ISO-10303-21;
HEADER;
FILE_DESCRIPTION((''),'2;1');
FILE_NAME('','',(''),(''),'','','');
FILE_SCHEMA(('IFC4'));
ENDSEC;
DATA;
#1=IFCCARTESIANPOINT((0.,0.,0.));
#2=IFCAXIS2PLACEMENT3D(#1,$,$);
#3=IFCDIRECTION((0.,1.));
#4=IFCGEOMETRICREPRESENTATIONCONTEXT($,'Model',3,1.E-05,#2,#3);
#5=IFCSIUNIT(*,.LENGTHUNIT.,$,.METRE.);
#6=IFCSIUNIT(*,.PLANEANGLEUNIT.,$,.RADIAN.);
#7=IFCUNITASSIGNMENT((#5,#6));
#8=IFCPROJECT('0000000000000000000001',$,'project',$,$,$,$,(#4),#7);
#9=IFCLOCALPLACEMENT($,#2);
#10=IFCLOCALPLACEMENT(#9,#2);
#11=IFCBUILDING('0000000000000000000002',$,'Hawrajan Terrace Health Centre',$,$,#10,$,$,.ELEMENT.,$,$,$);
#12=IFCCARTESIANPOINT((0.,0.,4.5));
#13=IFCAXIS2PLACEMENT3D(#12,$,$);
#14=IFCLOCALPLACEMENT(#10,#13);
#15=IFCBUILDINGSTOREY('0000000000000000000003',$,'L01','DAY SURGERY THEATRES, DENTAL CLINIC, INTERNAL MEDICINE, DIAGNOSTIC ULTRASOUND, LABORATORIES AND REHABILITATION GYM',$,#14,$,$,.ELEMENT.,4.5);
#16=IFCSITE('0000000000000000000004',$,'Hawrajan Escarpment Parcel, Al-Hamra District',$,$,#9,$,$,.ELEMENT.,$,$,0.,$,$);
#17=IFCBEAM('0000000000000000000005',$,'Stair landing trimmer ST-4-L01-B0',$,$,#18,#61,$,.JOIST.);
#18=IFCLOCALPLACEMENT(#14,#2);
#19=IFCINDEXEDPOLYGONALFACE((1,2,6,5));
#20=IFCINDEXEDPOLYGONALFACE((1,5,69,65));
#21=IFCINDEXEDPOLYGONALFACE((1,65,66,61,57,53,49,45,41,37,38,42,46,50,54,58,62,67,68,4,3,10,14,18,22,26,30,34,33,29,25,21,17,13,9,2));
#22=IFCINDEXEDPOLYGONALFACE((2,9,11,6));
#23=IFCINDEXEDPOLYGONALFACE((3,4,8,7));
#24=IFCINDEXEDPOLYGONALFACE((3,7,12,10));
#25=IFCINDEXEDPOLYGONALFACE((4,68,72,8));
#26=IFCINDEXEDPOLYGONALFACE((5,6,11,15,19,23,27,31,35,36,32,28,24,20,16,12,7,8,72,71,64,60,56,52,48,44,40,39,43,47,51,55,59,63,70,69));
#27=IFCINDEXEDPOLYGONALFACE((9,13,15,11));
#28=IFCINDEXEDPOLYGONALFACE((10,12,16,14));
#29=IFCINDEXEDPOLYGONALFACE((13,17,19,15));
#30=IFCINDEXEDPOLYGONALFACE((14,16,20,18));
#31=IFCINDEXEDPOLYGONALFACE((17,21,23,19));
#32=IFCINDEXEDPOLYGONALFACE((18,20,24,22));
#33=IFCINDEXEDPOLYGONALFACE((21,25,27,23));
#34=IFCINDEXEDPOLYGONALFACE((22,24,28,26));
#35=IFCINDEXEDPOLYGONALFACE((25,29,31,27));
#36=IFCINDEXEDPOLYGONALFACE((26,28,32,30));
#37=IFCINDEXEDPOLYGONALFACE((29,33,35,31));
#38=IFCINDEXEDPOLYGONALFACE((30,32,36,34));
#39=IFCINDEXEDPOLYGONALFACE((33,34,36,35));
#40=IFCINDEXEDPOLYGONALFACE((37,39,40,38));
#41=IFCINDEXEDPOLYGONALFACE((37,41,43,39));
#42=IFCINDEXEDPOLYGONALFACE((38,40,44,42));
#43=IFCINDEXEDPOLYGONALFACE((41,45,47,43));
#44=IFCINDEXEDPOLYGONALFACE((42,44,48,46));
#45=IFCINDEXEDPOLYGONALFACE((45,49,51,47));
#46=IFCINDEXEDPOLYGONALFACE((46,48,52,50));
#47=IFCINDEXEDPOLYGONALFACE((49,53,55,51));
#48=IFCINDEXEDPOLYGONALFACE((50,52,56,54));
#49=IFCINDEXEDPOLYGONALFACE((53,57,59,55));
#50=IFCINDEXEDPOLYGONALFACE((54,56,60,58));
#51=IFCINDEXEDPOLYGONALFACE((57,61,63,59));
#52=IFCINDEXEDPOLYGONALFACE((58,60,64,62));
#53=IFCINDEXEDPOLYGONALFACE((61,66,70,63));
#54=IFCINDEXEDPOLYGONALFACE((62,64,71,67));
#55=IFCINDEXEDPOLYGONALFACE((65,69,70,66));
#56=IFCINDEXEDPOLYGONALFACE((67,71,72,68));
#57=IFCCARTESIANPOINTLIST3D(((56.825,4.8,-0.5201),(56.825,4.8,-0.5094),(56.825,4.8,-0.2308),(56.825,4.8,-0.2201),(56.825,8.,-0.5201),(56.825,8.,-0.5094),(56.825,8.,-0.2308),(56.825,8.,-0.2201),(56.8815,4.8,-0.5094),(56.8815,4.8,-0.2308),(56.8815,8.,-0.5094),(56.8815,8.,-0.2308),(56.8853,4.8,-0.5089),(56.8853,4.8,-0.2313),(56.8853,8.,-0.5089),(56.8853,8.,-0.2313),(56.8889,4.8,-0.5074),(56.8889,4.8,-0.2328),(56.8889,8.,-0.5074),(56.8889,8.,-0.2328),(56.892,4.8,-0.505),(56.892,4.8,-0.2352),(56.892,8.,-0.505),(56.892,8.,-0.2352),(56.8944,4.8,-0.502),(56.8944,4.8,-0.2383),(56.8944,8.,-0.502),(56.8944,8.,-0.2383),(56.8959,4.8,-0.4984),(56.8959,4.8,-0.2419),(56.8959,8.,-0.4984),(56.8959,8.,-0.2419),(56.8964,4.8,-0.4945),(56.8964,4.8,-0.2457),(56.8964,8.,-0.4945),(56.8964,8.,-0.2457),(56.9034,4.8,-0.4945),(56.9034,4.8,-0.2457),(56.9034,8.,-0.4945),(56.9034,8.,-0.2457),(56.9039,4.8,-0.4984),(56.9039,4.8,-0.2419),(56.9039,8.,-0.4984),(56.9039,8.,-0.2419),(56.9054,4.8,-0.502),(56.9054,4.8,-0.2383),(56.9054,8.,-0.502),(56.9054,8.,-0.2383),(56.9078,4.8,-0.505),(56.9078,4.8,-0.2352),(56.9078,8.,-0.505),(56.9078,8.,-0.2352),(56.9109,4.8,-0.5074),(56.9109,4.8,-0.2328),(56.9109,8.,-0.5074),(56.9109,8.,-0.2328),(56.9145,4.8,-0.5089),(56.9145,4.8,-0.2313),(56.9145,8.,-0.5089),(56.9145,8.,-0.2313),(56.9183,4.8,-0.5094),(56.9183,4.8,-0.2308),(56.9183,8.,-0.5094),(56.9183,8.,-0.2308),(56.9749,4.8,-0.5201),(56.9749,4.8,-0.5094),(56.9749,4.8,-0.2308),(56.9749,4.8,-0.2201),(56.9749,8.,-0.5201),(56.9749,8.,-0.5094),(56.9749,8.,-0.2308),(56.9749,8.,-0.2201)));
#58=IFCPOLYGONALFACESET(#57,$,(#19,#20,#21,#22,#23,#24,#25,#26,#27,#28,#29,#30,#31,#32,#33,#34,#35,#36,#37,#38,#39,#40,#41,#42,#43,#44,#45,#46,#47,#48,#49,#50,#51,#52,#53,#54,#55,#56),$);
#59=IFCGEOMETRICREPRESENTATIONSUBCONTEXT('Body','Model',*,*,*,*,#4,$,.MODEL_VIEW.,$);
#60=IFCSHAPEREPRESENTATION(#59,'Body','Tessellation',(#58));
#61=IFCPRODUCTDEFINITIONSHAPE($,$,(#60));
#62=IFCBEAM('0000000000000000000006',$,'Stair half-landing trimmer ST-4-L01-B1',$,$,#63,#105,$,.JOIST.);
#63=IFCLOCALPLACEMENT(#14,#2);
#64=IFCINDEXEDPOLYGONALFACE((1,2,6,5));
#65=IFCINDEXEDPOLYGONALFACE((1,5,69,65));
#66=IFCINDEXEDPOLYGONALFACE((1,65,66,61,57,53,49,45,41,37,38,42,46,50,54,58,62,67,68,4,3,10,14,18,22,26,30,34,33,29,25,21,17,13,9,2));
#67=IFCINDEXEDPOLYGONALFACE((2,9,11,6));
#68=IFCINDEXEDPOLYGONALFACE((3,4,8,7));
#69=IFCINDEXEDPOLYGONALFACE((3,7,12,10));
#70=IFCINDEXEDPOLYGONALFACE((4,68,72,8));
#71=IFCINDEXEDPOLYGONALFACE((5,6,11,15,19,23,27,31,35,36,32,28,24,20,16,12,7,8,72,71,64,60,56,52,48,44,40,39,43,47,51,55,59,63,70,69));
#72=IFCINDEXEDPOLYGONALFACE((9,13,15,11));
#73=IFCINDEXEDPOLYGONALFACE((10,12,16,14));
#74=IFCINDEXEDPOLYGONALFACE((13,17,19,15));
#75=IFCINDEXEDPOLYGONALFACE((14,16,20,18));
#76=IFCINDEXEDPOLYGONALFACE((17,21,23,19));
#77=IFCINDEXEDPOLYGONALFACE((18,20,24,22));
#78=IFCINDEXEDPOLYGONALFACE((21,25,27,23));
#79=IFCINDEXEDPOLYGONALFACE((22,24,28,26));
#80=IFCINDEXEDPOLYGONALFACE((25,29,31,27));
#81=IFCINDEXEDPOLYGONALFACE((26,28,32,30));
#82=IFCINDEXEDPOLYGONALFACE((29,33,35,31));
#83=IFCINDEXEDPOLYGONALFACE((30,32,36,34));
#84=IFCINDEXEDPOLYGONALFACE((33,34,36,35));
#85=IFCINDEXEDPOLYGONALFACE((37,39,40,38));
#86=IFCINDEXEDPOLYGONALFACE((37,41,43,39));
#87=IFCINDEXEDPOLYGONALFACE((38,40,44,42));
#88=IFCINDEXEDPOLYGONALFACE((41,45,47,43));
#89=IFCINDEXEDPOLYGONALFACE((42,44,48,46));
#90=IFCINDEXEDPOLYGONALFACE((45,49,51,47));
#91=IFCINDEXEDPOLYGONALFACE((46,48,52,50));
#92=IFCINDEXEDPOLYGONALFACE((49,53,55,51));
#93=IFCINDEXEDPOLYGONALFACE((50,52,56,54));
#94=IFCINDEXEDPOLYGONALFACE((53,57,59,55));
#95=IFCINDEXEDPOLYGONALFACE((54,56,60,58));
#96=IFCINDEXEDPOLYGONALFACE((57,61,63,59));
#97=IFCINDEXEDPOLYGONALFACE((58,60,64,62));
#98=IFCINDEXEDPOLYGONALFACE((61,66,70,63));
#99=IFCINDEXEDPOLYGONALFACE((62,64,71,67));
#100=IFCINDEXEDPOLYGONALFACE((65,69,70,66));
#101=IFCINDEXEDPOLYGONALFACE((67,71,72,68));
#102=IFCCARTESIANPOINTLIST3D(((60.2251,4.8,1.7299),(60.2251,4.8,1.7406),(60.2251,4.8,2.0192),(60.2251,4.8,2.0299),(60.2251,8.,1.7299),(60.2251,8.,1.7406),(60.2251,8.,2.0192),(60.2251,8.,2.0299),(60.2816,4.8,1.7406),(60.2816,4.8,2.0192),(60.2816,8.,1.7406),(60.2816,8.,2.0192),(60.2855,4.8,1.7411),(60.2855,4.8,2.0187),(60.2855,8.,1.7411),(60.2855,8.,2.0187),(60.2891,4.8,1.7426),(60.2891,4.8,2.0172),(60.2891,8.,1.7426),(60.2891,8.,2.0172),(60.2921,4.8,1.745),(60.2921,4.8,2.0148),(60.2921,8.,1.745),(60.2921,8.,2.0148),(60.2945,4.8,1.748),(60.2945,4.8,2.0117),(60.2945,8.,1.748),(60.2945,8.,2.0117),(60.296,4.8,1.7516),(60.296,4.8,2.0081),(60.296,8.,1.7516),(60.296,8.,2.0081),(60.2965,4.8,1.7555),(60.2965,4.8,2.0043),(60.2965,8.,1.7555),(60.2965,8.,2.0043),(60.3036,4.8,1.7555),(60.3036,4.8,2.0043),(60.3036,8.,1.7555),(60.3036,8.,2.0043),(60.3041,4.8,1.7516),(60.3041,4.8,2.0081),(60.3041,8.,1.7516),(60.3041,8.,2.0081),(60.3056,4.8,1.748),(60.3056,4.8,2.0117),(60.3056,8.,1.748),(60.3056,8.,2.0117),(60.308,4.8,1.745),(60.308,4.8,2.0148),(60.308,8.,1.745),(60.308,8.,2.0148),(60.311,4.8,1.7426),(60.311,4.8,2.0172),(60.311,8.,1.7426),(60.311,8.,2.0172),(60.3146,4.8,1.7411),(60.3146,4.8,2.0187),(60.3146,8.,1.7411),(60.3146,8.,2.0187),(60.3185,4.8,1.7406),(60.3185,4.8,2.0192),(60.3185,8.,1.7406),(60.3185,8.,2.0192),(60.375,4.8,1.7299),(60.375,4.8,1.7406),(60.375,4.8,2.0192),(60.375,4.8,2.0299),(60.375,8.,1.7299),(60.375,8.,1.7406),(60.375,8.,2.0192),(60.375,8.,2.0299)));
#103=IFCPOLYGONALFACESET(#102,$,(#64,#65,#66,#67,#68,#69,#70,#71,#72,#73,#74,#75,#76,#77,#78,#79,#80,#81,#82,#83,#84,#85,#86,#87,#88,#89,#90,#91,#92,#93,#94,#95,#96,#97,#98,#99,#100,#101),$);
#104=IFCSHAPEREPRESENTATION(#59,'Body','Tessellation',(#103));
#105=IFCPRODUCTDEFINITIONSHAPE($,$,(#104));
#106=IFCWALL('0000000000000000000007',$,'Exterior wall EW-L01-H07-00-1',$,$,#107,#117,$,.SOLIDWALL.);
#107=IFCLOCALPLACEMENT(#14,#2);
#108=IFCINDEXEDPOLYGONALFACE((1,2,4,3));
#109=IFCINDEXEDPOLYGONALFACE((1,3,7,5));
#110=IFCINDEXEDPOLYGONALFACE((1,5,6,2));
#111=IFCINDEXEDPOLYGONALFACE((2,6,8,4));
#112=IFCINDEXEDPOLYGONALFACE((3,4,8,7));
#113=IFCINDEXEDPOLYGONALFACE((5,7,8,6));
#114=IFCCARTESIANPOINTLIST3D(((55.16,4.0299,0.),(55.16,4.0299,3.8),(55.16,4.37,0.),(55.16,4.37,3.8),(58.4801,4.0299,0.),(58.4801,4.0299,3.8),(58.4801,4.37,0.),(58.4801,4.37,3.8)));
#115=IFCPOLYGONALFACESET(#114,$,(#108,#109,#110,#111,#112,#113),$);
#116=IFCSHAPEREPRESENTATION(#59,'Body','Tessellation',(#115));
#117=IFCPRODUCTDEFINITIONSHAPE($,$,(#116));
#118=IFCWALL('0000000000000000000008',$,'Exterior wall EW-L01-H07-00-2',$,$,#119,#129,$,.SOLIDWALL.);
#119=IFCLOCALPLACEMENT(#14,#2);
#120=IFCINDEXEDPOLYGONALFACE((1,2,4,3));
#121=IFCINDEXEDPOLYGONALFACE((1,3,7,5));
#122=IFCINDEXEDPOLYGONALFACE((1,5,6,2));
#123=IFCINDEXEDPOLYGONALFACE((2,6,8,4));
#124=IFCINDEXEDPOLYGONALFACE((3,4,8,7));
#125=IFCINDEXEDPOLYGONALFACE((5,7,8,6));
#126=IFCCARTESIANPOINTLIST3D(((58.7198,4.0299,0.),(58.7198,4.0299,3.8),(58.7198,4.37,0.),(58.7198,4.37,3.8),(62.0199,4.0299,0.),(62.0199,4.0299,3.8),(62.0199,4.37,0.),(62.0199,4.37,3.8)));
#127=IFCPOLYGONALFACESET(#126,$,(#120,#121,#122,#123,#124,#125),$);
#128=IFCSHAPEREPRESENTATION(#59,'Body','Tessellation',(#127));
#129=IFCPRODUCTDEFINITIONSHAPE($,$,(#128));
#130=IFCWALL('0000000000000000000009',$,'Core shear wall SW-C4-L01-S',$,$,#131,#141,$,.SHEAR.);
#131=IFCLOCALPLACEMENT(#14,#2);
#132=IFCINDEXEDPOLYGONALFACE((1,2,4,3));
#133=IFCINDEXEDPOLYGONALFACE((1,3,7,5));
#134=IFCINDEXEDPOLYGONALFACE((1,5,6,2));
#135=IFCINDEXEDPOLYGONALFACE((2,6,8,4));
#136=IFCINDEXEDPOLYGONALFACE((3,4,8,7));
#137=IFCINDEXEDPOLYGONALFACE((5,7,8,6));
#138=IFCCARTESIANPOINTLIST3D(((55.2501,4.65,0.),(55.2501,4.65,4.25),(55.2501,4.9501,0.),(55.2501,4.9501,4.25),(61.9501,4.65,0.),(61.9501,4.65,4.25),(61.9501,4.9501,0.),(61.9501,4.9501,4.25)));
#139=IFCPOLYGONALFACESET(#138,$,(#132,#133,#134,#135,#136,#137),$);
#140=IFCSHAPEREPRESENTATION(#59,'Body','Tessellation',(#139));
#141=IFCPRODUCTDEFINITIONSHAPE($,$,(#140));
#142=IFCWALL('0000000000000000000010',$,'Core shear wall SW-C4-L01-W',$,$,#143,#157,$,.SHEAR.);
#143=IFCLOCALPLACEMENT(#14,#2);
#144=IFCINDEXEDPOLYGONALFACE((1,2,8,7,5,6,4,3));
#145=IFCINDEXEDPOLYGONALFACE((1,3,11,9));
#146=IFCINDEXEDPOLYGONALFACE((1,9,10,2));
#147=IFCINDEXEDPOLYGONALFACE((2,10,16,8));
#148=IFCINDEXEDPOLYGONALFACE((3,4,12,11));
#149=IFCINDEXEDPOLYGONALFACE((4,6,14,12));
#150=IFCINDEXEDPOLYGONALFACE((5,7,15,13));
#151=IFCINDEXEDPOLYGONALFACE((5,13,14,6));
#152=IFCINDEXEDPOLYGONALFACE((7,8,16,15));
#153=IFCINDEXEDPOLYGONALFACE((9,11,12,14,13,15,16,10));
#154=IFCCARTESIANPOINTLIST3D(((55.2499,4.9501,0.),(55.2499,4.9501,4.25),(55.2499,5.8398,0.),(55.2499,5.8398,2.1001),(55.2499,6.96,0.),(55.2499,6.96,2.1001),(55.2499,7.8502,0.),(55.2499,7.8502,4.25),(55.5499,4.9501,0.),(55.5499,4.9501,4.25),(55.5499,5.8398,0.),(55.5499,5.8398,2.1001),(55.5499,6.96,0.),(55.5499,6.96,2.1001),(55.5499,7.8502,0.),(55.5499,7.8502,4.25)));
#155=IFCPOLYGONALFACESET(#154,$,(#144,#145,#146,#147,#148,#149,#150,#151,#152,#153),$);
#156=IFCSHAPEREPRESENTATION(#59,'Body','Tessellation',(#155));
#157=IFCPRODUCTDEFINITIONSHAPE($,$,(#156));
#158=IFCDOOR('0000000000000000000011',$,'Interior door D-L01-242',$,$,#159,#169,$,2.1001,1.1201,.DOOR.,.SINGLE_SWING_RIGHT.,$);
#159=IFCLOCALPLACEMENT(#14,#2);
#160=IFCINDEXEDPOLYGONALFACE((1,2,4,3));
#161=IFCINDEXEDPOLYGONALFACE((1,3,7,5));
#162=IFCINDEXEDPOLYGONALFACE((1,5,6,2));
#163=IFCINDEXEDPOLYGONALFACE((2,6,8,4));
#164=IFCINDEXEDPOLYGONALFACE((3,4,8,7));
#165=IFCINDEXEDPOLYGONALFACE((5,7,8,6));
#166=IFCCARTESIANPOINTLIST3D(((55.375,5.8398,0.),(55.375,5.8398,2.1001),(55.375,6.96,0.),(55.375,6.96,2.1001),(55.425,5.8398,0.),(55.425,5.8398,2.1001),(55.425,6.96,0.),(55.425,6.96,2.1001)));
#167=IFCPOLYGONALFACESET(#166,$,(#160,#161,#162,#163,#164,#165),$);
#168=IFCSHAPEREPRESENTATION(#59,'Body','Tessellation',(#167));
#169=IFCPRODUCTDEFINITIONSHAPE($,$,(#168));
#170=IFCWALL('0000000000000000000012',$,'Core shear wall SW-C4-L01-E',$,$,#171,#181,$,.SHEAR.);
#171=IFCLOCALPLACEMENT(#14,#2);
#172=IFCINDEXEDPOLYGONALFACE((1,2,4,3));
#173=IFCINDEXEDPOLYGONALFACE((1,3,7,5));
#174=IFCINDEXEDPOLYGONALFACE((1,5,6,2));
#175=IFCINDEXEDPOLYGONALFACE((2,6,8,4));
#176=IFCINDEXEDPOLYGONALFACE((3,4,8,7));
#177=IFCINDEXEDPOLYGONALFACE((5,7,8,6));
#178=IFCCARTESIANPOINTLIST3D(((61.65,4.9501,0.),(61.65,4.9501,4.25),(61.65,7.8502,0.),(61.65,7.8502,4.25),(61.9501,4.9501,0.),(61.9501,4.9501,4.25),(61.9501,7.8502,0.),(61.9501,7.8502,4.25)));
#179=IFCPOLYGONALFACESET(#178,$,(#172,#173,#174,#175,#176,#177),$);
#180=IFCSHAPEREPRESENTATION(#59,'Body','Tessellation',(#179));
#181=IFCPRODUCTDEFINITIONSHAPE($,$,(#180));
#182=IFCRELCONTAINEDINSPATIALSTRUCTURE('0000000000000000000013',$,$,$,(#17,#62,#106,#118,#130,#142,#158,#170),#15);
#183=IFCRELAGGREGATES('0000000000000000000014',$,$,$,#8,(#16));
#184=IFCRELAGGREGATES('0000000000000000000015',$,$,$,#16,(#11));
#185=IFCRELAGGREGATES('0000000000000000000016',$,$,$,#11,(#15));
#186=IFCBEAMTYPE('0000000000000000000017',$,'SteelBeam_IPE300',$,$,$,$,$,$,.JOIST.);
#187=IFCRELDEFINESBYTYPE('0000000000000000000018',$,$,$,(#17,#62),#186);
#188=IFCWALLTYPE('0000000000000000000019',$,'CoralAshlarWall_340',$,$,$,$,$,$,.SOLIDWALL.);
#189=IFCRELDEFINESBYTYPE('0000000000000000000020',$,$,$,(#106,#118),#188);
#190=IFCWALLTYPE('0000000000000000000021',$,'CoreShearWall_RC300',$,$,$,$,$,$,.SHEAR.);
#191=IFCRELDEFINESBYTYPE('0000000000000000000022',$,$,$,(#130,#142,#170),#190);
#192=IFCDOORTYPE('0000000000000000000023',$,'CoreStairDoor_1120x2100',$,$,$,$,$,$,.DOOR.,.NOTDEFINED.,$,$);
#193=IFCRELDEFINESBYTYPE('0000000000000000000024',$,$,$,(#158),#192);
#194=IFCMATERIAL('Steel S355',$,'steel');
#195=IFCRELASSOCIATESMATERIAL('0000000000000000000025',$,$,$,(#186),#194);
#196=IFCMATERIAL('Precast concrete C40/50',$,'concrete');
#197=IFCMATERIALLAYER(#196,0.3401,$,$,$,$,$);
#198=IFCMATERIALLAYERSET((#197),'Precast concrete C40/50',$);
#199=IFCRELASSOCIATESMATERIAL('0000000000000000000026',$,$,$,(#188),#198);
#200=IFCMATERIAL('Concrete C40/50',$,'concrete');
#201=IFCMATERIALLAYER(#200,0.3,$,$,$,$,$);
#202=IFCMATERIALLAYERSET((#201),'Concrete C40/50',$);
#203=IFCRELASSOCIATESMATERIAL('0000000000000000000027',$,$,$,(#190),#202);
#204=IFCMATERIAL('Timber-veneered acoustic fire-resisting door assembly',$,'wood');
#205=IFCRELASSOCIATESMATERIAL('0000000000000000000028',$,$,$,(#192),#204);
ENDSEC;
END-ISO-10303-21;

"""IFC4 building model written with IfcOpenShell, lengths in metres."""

from ifc_helpers import new_model, si_unit, direction, frame, frame_2d, origin, origin_2d, place, context, subcontext, project, spatial, rectangle, i_section, extrude, material, layer, layer_set, material_profile, profile_set, type_object, element, fill, save


model = new_model("IFC4")

# Units and contexts
model_context = context("Model", 3, precision=1e-05, world=origin(), true_north=direction((0.0, 1.0)))
body_context = subcontext(model_context, "Body", "Model", "MODEL_VIEW")
ifc_project = project(units=[si_unit("LENGTHUNIT", "METRE"), si_unit("PLANEANGLEUNIT", "RADIAN")], contexts=[model_context])

# Site, building, storey
site_placement = place(None, origin())
site = spatial("IfcSite", under=ifc_project, at=site_placement, Name="Hawrajan Escarpment Parcel, Al-Hamra District", CompositionType="ELEMENT", RefElevation=0.0)
building_placement = place(site_placement, origin())
building = spatial("IfcBuilding", under=site, at=building_placement, Name="Hawrajan Terrace Health Centre", CompositionType="ELEMENT")
storey_placement = place(building_placement, frame((0.0, 0.0, 4.5)))
storey = spatial("IfcBuildingStorey", under=building, at=storey_placement, Name="L01", Description="DAY SURGERY THEATRES, DENTAL CLINIC, INTERNAL MEDICINE, DIAGNOSTIC ULTRASOUND, LABORATORIES AND REHABILITATION GYM", CompositionType="ELEMENT", Elevation=4.5)

# Beams
ifc_material_1 = material(Name="Concrete C40/50", Category="concrete")
ifc_material_2 = material(Name="Steel S355", Category="steel")
ifc_material_profile_1 = material_profile(ifc_material_2, i_section(OverallWidth=0.1499, OverallDepth=0.3, WebThickness=0.0071, FlangeThickness=0.0107, FilletRadius=0.0149, at=origin_2d()), Name="IPE 300")
ifc_profile_set_1 = profile_set([ifc_material_profile_1], Name="Steel S355")
beam_type_1 = type_object("IfcBeamType", Name="SteelBeam_IPE300", PredefinedType="JOIST", material=ifc_profile_set_1)
for number, where, z_axis, x_axis, name in (
    (1, (56.8999, 4.8, -0.3701), (0.0, 1.0, 0.0), (-1.0, 0.0, 0.0), "Stair landing trimmer ST-4-L01-B0"),
    (2, (60.3, 4.8, 1.8799), (0.0, 1.0, 0.0), (-1.0, 0.0, 0.0), "Stair half-landing trimmer ST-4-L01-B1"),
):
    element("IfcBeam", number, at=place(storey_placement, frame(where, z_axis=z_axis, x_axis=x_axis)), inside=storey, type_object=beam_type_1, Name=name, PredefinedType="JOIST", context=body_context, shape_type="SweptSolid", body=[
        extrude(i_section(OverallWidth=0.1499, OverallDepth=0.3, WebThickness=0.0071, FlangeThickness=0.0107, FilletRadius=0.0149, at=origin_2d()), origin(), (0.0, 0.0, 1.0), 3.2),
    ])

# Walls
ifc_material_3 = material(Name="Precast concrete C40/50", Category="concrete")
ifc_layer_1 = layer(ifc_material_3, 0.3401)
ifc_layer_set_1 = layer_set([ifc_layer_1], Name="Precast concrete C40/50")
wall_type_1 = type_object("IfcWallType", Name="CoralAshlarWall_340", PredefinedType="SOLIDWALL", material=ifc_layer_set_1)
wall_1_placement = place(storey_placement, frame((55.1599, 4.2, 0.0), z_axis=(0.0, 0.0, 1.0), x_axis=(1.0, 0.0, 0.0)))
element("IfcWall", 3, at=wall_1_placement, inside=storey, type_object=wall_type_1, Name="Exterior wall EW-L01-H07-00-1", PredefinedType="SOLIDWALL", context=body_context, shape_type="SweptSolid", body=[
    extrude(rectangle(XDim=3.3201, YDim=0.3401, at=frame_2d((1.6602, 0.0))), origin(), (0.0, 0.0, 1.0), 3.8),
])
wall_2_placement = place(storey_placement, frame((58.72, 4.2, 0.0), z_axis=(0.0, 0.0, 1.0), x_axis=(1.0, 0.0, 0.0)))
element("IfcWall", 4, at=wall_2_placement, inside=storey, type_object=wall_type_1, Name="Exterior wall EW-L01-H07-00-2", PredefinedType="SOLIDWALL", context=body_context, shape_type="SweptSolid", body=[
    extrude(rectangle(XDim=3.3, YDim=0.3401, at=frame_2d((1.6499, 0.0))), origin(), (0.0, 0.0, 1.0), 3.8),
])
ifc_layer_2 = layer(ifc_material_1, 0.3)
ifc_layer_set_2 = layer_set([ifc_layer_2], Name="Concrete C40/50")
wall_type_2 = type_object("IfcWallType", Name="CoreShearWall_RC300", PredefinedType="SHEAR", material=ifc_layer_set_2)
wall_3_placement = place(storey_placement, frame((55.25, 4.8, 0.0), z_axis=(0.0, 0.0, 1.0), x_axis=(1.0, 0.0, 0.0)))
element("IfcWall", 5, at=wall_3_placement, inside=storey, type_object=wall_type_2, Name="Core shear wall SW-C4-L01-S", PredefinedType="SHEAR", context=body_context, shape_type="SweptSolid", body=[
    extrude(rectangle(XDim=6.7, YDim=0.3, at=frame_2d((3.3501, 0.0))), origin(), (0.0, 0.0, 1.0), 4.25),
])

# Wall, opening, door
wall_4_placement = place(storey_placement, frame((55.3999, 4.95, 0.0), z_axis=(0.0, 0.0, 1.0), x_axis=(0.0, 1.0, 0.0)))
wall_4 = element("IfcWall", 6, at=wall_4_placement, inside=storey, type_object=wall_type_2, Name="Core shear wall SW-C4-L01-W", PredefinedType="SHEAR", context=body_context, shape_type="SweptSolid", body=[
    extrude(rectangle(XDim=2.9001, YDim=0.3, at=frame_2d((1.4502, 0.0))), origin(), (0.0, 0.0, 1.0), 4.25),
])
opening_placement = place(wall_4_placement, frame((0.8899, 0.0, 0.0)))
opening = element("IfcOpeningElement", 7, at=opening_placement, cuts=wall_4, PredefinedType="OPENING", context=body_context, shape_type="SweptSolid", body=[
    extrude(rectangle(XDim=1.1201, YDim=2.1001, at=frame_2d((0.5601, 1.05))), frame((0.0, 0.1599, 0.0), z_axis=(0.0, -1.0, 0.0), x_axis=(1.0, 0.0, 0.0)), (0.0, 0.0, 1.0), 0.3201),
])
ifc_material_4 = material(Name="Timber-veneered acoustic fire-resisting door assembly", Category="wood")
door_type = type_object("IfcDoorType", Name="CoreStairDoor_1120x2100", OperationType="NOTDEFINED", PredefinedType="DOOR", material=ifc_material_4)
door_placement = place(opening_placement, origin())
door = element("IfcDoor", 8, at=door_placement, inside=storey, type_object=door_type, Name="Interior door D-L01-242", OperationType="SINGLE_SWING_RIGHT", OverallHeight=2.1001, OverallWidth=1.1201, PredefinedType="DOOR", context=body_context, shape_type="SweptSolid", body=[
    extrude(rectangle(XDim=1.1201, YDim=2.1001, at=frame_2d((0.5601, 1.05))), frame((0.0, 0.0249, 0.0), z_axis=(0.0, -1.0, 0.0), x_axis=(1.0, 0.0, 0.0)), (0.0, 0.0, 1.0), 0.05),
])
fill(opening, door)

# Wall
wall_5_placement = place(storey_placement, frame((61.8, 4.95, 0.0), z_axis=(0.0, 0.0, 1.0), x_axis=(0.0, 1.0, 0.0)))
element("IfcWall", 9, at=wall_5_placement, inside=storey, type_object=wall_type_2, Name="Core shear wall SW-C4-L01-E", PredefinedType="SHEAR", context=body_context, shape_type="SweptSolid", body=[
    extrude(rectangle(XDim=2.9001, YDim=0.3, at=frame_2d((1.4502, 0.0))), origin(), (0.0, 0.0, 1.0), 4.25),
])

save(model, "model.ifc")
